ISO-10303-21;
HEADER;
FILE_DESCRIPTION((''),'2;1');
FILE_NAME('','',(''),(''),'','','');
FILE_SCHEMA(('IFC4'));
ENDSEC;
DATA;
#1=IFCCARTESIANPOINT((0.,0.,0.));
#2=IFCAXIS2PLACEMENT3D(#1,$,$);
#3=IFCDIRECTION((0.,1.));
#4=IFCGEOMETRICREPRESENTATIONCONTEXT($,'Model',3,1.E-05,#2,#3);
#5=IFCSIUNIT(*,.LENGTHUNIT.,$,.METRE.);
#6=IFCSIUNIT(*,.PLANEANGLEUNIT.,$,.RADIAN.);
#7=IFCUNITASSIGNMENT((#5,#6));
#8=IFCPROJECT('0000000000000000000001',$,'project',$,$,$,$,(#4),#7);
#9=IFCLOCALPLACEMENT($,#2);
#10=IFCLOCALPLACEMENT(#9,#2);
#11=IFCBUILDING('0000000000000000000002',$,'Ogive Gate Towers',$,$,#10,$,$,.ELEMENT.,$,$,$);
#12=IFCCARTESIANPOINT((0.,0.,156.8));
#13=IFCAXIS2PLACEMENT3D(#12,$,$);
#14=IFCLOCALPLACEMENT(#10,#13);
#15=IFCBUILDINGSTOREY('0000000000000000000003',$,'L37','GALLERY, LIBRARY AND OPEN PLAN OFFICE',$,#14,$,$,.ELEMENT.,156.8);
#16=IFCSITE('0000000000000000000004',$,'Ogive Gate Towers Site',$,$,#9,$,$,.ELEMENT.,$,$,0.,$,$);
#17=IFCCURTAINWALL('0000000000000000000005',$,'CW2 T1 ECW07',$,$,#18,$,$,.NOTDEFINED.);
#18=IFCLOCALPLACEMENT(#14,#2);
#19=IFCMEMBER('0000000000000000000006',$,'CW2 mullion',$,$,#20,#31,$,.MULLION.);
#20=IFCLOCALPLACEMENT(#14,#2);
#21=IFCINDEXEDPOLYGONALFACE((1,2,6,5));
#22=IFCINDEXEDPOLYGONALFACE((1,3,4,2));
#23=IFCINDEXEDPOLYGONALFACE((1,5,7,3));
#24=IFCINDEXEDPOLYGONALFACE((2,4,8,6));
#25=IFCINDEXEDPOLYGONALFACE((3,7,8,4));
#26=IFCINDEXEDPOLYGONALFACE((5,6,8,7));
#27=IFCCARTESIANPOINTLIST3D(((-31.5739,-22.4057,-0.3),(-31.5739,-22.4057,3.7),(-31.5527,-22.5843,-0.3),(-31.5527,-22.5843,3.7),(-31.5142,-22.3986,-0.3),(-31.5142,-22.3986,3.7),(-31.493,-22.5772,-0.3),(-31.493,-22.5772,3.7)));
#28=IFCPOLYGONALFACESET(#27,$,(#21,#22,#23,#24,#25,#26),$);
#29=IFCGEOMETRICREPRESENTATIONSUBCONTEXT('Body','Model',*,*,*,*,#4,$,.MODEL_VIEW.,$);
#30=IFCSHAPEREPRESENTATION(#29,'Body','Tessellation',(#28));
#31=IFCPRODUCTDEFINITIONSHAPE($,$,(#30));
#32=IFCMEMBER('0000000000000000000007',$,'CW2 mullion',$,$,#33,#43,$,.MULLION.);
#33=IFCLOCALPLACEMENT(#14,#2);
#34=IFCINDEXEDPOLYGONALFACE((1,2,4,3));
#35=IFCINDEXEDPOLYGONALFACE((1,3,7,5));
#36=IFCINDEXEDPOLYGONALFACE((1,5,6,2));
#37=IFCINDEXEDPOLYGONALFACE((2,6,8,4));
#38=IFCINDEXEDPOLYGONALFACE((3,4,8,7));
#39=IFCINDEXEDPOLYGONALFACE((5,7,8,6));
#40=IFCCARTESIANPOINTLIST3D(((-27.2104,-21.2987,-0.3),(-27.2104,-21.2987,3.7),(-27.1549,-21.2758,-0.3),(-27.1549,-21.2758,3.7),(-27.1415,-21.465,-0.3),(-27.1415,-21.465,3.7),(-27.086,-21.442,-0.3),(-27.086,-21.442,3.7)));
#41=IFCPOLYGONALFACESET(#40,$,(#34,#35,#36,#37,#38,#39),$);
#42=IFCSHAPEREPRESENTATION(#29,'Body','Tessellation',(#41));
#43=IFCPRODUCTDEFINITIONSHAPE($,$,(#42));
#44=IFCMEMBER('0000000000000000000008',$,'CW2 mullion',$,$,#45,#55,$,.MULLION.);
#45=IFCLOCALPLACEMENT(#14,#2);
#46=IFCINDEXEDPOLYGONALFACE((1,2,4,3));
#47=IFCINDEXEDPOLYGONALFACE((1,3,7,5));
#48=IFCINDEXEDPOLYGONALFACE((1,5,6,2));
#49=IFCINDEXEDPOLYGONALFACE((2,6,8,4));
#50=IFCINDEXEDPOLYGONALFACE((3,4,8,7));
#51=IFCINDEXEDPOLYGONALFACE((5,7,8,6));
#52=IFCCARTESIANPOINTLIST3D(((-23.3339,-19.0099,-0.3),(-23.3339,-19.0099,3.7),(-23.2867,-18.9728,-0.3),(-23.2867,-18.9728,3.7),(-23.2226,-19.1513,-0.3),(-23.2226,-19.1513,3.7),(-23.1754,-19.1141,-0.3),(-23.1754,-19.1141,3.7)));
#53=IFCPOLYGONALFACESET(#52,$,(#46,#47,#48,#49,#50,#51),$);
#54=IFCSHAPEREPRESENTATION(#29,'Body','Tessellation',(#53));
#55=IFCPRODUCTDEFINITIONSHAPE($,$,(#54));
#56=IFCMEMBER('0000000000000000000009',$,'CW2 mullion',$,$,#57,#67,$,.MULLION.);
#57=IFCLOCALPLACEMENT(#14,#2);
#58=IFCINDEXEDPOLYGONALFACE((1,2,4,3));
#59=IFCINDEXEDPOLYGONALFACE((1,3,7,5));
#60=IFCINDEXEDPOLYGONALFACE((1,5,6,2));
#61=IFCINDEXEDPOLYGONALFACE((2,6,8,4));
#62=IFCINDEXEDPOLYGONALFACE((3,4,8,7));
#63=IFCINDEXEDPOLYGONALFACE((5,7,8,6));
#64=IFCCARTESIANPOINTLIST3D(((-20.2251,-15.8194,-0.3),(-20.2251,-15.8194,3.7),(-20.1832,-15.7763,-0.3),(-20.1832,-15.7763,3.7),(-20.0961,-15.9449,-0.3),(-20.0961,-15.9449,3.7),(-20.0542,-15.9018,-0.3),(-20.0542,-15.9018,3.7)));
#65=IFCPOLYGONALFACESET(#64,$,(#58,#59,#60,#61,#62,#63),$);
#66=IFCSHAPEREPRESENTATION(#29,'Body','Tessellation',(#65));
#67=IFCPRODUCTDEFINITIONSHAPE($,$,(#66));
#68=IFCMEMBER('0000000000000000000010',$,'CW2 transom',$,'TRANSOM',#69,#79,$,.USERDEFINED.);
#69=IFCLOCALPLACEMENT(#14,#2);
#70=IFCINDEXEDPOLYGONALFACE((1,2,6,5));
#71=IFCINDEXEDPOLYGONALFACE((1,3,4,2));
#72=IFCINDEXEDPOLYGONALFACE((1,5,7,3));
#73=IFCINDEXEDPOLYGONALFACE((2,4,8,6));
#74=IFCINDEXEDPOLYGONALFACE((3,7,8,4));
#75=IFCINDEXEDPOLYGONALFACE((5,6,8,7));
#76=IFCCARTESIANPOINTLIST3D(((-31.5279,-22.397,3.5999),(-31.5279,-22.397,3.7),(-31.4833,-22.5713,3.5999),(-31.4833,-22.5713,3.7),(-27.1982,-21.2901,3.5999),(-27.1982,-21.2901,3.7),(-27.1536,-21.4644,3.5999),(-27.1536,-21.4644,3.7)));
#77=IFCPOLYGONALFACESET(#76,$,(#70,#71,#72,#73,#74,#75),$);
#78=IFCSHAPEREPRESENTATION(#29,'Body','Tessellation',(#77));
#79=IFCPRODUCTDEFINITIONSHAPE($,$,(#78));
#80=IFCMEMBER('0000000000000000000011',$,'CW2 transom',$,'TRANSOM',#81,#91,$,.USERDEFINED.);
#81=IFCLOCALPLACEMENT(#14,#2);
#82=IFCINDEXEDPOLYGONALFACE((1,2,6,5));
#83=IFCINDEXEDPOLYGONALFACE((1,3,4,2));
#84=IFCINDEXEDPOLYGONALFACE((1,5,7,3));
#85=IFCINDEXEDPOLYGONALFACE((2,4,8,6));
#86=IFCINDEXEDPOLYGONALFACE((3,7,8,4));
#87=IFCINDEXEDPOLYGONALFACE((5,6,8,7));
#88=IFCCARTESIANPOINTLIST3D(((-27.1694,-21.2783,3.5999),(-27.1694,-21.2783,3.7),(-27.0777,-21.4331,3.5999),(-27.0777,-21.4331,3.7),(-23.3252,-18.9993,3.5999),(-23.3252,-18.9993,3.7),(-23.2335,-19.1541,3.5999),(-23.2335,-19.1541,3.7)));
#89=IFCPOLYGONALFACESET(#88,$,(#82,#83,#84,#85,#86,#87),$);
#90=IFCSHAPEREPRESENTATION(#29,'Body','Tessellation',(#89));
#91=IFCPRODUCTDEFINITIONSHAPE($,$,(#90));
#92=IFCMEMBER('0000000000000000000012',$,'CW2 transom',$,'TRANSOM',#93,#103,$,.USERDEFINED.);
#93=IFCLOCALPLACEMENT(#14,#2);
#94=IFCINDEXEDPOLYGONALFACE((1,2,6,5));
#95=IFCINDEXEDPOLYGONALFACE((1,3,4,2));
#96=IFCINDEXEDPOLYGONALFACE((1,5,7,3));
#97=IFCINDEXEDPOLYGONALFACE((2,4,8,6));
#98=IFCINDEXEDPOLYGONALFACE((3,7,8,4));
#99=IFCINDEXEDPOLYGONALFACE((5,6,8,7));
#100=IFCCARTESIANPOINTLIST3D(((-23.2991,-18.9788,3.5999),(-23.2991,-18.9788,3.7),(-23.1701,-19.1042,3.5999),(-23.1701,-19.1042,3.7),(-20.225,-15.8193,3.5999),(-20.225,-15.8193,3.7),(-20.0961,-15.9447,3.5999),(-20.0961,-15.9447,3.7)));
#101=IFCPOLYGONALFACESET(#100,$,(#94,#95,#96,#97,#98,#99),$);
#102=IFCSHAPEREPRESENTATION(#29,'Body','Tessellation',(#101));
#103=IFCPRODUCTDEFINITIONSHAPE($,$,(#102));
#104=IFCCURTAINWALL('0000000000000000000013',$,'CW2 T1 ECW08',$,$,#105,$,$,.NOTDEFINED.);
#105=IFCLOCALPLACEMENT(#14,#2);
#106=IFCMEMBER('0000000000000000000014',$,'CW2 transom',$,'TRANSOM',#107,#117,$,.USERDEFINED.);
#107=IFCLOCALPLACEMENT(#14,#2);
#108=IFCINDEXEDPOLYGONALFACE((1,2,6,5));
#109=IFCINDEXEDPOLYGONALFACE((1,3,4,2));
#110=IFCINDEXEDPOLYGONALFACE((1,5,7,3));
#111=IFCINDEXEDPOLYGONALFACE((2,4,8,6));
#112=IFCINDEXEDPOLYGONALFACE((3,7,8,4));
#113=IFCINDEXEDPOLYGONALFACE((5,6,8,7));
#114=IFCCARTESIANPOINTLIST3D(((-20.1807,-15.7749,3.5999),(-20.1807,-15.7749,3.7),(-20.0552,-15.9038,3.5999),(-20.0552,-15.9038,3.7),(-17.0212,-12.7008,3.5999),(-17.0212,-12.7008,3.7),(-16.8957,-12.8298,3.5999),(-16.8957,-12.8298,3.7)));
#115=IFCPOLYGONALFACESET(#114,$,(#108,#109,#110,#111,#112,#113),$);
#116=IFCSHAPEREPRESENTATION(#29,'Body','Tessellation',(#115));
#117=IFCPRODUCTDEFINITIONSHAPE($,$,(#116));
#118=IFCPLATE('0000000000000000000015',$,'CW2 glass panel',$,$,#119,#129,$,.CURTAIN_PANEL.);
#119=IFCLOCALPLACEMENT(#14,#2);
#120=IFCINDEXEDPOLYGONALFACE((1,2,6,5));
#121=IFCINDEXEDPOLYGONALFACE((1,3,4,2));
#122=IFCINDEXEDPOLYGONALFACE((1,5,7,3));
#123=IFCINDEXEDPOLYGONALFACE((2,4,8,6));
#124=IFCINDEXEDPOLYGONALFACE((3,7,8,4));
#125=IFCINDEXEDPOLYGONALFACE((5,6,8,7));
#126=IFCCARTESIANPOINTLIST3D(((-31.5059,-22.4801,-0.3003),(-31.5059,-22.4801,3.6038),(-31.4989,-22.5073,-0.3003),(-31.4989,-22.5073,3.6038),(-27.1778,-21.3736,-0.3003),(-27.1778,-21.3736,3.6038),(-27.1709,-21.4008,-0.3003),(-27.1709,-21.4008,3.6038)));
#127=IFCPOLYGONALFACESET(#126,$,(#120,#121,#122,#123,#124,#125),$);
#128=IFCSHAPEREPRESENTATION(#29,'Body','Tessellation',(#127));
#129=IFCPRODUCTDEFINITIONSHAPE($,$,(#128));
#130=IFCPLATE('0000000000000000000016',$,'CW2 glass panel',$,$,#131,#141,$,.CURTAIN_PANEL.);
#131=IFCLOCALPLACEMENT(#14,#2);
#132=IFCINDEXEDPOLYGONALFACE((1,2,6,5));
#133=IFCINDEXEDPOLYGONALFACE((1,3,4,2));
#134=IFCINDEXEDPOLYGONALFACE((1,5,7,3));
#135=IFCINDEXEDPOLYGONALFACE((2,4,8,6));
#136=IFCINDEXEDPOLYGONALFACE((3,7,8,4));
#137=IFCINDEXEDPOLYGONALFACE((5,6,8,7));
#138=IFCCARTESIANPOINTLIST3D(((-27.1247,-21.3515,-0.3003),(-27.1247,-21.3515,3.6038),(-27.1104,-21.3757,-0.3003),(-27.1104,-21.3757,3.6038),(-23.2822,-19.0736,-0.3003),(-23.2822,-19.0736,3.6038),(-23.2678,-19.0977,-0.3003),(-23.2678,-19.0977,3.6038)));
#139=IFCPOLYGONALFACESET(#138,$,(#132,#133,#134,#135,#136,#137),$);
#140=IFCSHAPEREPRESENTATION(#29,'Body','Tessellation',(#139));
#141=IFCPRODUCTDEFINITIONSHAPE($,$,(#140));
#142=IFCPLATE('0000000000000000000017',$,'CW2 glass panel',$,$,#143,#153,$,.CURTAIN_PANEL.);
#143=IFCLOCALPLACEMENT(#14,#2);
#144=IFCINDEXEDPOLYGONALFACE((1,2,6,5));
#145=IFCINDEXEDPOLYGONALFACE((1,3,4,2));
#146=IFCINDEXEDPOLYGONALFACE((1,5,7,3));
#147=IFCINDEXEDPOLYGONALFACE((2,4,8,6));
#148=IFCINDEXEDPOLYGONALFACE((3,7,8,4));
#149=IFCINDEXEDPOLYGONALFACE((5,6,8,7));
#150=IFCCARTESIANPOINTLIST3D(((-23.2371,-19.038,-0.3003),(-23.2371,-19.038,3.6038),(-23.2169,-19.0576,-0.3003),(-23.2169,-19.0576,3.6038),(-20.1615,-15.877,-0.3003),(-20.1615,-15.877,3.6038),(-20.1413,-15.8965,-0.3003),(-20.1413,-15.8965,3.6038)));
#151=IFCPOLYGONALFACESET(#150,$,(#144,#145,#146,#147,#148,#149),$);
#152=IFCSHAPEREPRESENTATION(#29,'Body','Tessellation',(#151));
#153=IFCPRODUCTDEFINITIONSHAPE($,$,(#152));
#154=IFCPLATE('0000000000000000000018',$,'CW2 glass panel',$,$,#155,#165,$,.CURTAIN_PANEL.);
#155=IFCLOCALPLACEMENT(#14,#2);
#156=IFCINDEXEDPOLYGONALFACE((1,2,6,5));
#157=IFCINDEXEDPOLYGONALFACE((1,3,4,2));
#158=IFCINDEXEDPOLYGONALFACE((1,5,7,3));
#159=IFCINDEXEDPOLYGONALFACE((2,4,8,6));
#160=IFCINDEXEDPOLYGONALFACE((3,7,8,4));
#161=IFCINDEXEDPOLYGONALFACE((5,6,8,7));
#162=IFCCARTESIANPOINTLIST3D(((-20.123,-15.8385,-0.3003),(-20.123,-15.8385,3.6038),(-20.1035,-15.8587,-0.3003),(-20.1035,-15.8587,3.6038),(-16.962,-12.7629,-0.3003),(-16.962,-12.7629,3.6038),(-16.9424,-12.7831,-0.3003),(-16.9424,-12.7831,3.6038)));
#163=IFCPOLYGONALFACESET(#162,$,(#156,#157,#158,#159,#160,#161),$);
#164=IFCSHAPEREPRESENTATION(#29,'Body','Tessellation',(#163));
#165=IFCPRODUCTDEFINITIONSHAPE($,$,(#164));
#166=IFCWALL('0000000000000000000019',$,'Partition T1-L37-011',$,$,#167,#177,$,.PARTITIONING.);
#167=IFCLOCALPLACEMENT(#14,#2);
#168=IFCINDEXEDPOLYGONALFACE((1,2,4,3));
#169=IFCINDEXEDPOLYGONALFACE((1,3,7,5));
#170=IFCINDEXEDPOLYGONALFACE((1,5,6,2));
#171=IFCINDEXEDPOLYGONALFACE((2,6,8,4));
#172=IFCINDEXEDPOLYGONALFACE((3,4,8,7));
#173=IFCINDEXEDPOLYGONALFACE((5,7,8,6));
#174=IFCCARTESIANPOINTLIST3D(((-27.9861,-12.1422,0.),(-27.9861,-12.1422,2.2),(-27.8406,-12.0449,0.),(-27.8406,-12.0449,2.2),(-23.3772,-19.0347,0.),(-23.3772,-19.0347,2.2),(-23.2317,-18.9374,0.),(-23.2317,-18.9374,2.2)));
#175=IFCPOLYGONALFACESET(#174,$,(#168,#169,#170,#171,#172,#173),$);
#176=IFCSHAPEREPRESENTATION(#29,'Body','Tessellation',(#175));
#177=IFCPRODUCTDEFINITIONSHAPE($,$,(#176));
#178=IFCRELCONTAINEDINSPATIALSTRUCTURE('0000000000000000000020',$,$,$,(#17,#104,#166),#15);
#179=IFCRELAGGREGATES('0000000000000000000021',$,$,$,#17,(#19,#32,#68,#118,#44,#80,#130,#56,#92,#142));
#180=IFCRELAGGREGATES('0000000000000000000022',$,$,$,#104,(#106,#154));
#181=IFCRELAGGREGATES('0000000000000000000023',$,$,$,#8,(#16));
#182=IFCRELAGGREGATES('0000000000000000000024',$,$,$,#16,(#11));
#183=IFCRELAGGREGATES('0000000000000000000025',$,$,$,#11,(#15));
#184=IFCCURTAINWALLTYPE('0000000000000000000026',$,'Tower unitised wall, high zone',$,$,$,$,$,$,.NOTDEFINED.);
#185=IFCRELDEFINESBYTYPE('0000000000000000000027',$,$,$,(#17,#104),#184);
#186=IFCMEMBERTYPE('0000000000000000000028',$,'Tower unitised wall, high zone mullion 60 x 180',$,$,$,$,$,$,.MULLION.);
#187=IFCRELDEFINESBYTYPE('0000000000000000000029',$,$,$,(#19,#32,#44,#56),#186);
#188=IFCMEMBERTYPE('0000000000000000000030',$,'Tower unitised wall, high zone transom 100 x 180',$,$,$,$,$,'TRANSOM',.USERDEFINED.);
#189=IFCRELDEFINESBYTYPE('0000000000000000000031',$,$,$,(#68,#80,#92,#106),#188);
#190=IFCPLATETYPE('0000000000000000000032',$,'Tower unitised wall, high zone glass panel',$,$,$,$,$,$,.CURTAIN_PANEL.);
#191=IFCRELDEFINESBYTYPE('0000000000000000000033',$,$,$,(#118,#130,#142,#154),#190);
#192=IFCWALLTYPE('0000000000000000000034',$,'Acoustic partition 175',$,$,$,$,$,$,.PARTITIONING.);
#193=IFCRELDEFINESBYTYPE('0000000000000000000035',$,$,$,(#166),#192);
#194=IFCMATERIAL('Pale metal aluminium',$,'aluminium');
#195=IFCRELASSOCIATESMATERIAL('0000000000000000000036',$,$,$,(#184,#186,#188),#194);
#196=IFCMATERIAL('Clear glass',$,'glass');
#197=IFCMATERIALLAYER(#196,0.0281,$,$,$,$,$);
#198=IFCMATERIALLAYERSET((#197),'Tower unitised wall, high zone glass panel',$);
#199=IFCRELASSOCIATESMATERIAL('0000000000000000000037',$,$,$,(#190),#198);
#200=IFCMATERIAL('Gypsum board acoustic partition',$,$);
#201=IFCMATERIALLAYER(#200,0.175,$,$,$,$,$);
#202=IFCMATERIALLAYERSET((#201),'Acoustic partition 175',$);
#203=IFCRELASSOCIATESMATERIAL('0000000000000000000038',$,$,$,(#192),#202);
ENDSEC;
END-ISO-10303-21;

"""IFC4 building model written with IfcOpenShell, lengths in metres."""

from ifc_helpers import new_model, si_unit, direction, frame, frame_2d, origin, origin_2d, place, context, subcontext, project, spatial, rectangle, extrude, material, layer, layer_set, material_profile, profile_set, type_object, element, aggregate, save


model = new_model("IFC4")

# Units and contexts
model_context = context("Model", 3, precision=1e-05, world=origin(), true_north=direction((0.0, 1.0)))
body_context = subcontext(model_context, "Body", "Model", "MODEL_VIEW")
ifc_project = project(units=[si_unit("LENGTHUNIT", "METRE"), si_unit("PLANEANGLEUNIT", "RADIAN")], contexts=[model_context])

# Site, building, storey
site_placement = place(None, origin())
site = spatial("IfcSite", under=ifc_project, at=site_placement, Name="Ogive Gate Towers Site", CompositionType="ELEMENT", RefElevation=0.0)
building_placement = place(site_placement, origin())
building = spatial("IfcBuilding", under=site, at=building_placement, Name="Ogive Gate Towers", CompositionType="ELEMENT")
storey_placement = place(building_placement, frame((0.0, 0.0, 156.8)))
storey = spatial("IfcBuildingStorey", under=building, at=storey_placement, Name="L37", Description="GALLERY, LIBRARY AND OPEN PLAN OFFICE", CompositionType="ELEMENT", Elevation=156.8)

# Curtain wall, members
ifc_material_1 = material(Name="Pale metal aluminium", Category="aluminium")
curtain_wall_type = type_object("IfcCurtainWallType", Name="Tower unitised wall, high zone", PredefinedType="NOTDEFINED", material=ifc_material_1)
curtain_wall_1_placement = place(storey_placement, origin())
curtain_wall_1 = element("IfcCurtainWall", 1, at=curtain_wall_1_placement, inside=storey, type_object=curtain_wall_type, Name="CW2 T1 ECW07", PredefinedType="NOTDEFINED")
ifc_material_profile_1 = material_profile(ifc_material_1, rectangle(XDim=0.1799, YDim=0.0601, at=origin_2d()), Name="60 x 180 aluminium box")
ifc_profile_set_1 = profile_set([ifc_material_profile_1], Name="Pale metal aluminium")
member_type_1 = type_object("IfcMemberType", Name="Tower unitised wall, high zone mullion 60 x 180", PredefinedType="MULLION", material=ifc_profile_set_1)
member_1_placement = place(storey_placement, frame((-31.5334, -22.4915, -0.3), z_axis=(0.0, 0.0, 1.0), x_axis=(0.118005, -0.993013, 0.0)))
member_1 = element("IfcMember", 2, at=member_1_placement, type_object=member_type_1, Name="CW2 mullion", PredefinedType="MULLION", context=body_context, shape_type="SweptSolid", body=[
    extrude(rectangle(XDim=0.1799, YDim=0.0601, at=origin_2d()), origin(), (0.0, 0.0, 1.0), 4.0),
])
member_2_placement = place(storey_placement, frame((-27.1482, -21.3704, -0.3), z_axis=(0.0, 0.0, 1.0), x_axis=(0.382683, -0.92388, 0.0)))
member_2 = element("IfcMember", 3, at=member_2_placement, type_object=member_type_1, Name="CW2 mullion", PredefinedType="MULLION", context=body_context, shape_type="SweptSolid", body=[
    extrude(rectangle(XDim=0.1799, YDim=0.0601, at=origin_2d()), origin(), (0.0, 0.0, 1.0), 4.0),
])
member_3_placement = place(storey_placement, frame((-23.2546, -19.062, -0.3), z_axis=(0.0, 0.0, 1.0), x_axis=(0.61871, -0.785619, 0.0)))
member_3 = element("IfcMember", 4, at=member_3_placement, type_object=member_type_1, Name="CW2 mullion", PredefinedType="MULLION", context=body_context, shape_type="SweptSolid", body=[
    extrude(rectangle(XDim=0.1799, YDim=0.0601, at=origin_2d()), origin(), (0.0, 0.0, 1.0), 4.0),
])
member_4_placement = place(storey_placement, frame((-20.1396, -15.8606, -0.3), z_axis=(0.0, 0.0, 1.0), x_axis=(0.716728, -0.697353, 0.0)))
member_4 = element("IfcMember", 5, at=member_4_placement, type_object=member_type_1, Name="CW2 mullion", PredefinedType="MULLION", context=body_context, shape_type="SweptSolid", body=[
    extrude(rectangle(XDim=0.1799, YDim=0.0601, at=origin_2d()), origin(), (0.0, 0.0, 1.0), 4.0),
])
ifc_material_profile_2 = material_profile(ifc_material_1, rectangle(XDim=0.1799, YDim=0.1001, at=origin_2d()), Name="100 x 180 aluminium box")
ifc_profile_set_2 = profile_set([ifc_material_profile_2], Name="Pale metal aluminium")
member_type_2 = type_object("IfcMemberType", Name="Tower unitised wall, high zone transom 100 x 180", ElementType="TRANSOM", PredefinedType="USERDEFINED", material=ifc_profile_set_2)
member_5_placement = place(storey_placement, frame((-31.5056, -22.4841, 3.6499), z_axis=(0.96884, 0.247687, 0.0), x_axis=(-0.247687, 0.96884, 0.0)))
member_5 = element("IfcMember", 6, at=member_5_placement, type_object=member_type_2, Name="CW2 transom", ObjectType="TRANSOM", PredefinedType="USERDEFINED", context=body_context, shape_type="SweptSolid", body=[
    extrude(rectangle(XDim=0.1799, YDim=0.1001, at=origin_2d()), origin(), (0.0, 0.0, 1.0), 4.469),
])
member_6_placement = place(storey_placement, frame((-27.1235, -21.3557, 3.6499), z_axis=(0.860195, 0.509966, 0.0), x_axis=(-0.509966, 0.860195, 0.0)))
member_6 = element("IfcMember", 7, at=member_6_placement, type_object=member_type_2, Name="CW2 transom", ObjectType="TRANSOM", PredefinedType="USERDEFINED", context=body_context, shape_type="SweptSolid", body=[
    extrude(rectangle(XDim=0.1799, YDim=0.1001, at=origin_2d()), origin(), (0.0, 0.0, 1.0), 4.469),
])
member_7_placement = place(storey_placement, frame((-23.2346, -19.0415, 3.6499), z_axis=(0.697348, 0.716733, 0.0), x_axis=(-0.716733, 0.697348, 0.0)))
member_7 = element("IfcMember", 8, at=member_7_placement, type_object=member_type_2, Name="CW2 transom", ObjectType="TRANSOM", PredefinedType="USERDEFINED", context=body_context, shape_type="SweptSolid", body=[
    extrude(rectangle(XDim=0.1799, YDim=0.1001, at=origin_2d()), origin(), (0.0, 0.0, 1.0), 4.4082),
])

# Curtain wall, member
curtain_wall_2_placement = place(storey_placement, origin())
curtain_wall_2 = element("IfcCurtainWall", 9, at=curtain_wall_2_placement, inside=storey, type_object=curtain_wall_type, Name="CW2 T1 ECW08", PredefinedType="NOTDEFINED")
member_8_placement = place(storey_placement, frame((-20.1179, -15.8394, 3.6499), z_axis=(0.716733, 0.697348, 0.0), x_axis=(-0.697348, 0.716733, 0.0)))
member_8 = element("IfcMember", 10, at=member_8_placement, type_object=member_type_2, Name="CW2 transom", ObjectType="TRANSOM", PredefinedType="USERDEFINED", context=body_context, shape_type="SweptSolid", body=[
    extrude(rectangle(XDim=0.1799, YDim=0.1001, at=origin_2d()), origin(), (0.0, 0.0, 1.0), 4.4082),
])

# Plates
ifc_material_2 = material(Name="Clear glass", Category="glass")
ifc_layer_1 = layer(ifc_material_2, 0.0281)
ifc_layer_set_1 = layer_set([ifc_layer_1], Name="Tower unitised wall, high zone glass panel")
plate_type = type_object("IfcPlateType", Name="Tower unitised wall, high zone glass panel", PredefinedType="CURTAIN_PANEL", material=ifc_layer_set_1)
plate_1_placement = place(storey_placement, frame((-29.3384, -21.9404, -0.3003), z_axis=(0.0, 0.0, 1.0), x_axis=(0.968839, 0.247692, 0.0)))
plate_1 = element("IfcPlate", 11, at=plate_1_placement, type_object=plate_type, Name="CW2 glass panel", PredefinedType="CURTAIN_PANEL", context=body_context, shape_type="SweptSolid", body=[
    extrude(rectangle(XDim=4.4673, YDim=0.0281, at=origin_2d()), origin(), (0.0, 0.0, 1.0), 3.9041),
])
plate_2_placement = place(storey_placement, frame((-25.1963, -20.2246, -0.3003), z_axis=(0.0, 0.0, 1.0), x_axis=(0.860208, 0.509943, 0.0)))
plate_2 = element("IfcPlate", 12, at=plate_2_placement, type_object=plate_type, Name="CW2 glass panel", PredefinedType="CURTAIN_PANEL", context=body_context, shape_type="SweptSolid", body=[
    extrude(rectangle(XDim=4.467, YDim=0.0281, at=origin_2d()), origin(), (0.0, 0.0, 1.0), 3.9041),
])
plate_3_placement = place(storey_placement, frame((-21.6892, -17.4673, -0.3003), z_axis=(0.0, 0.0, 1.0), x_axis=(0.697353, 0.716728, 0.0)))
plate_3 = element("IfcPlate", 13, at=plate_3_placement, type_object=plate_type, Name="CW2 glass panel", PredefinedType="CURTAIN_PANEL", context=body_context, shape_type="SweptSolid", body=[
    extrude(rectangle(XDim=4.4104, YDim=0.0281, at=origin_2d()), origin(), (0.0, 0.0, 1.0), 3.9041),
])
aggregate(curtain_wall_1, [member_1, member_2, member_5, plate_1, member_3, member_6, plate_2, member_4, member_7, plate_3])
plate_4_placement = place(storey_placement, frame((-18.5327, -14.3108, -0.3003), z_axis=(0.0, 0.0, 1.0), x_axis=(0.716728, 0.697353, 0.0)))
plate_4 = element("IfcPlate", 14, at=plate_4_placement, type_object=plate_type, Name="CW2 glass panel", PredefinedType="CURTAIN_PANEL", context=body_context, shape_type="SweptSolid", body=[
    extrude(rectangle(XDim=4.4104, YDim=0.0281, at=origin_2d()), origin(), (0.0, 0.0, 1.0), 3.9041),
])
aggregate(curtain_wall_2, [member_8, plate_4])

# Wall
ifc_material_3 = material(Name="Gypsum board acoustic partition")
ifc_layer_2 = layer(ifc_material_3, 0.175)
ifc_layer_set_2 = layer_set([ifc_layer_2], Name="Acoustic partition 175")
wall_type_1 = type_object("IfcWallType", Name="Acoustic partition 175", PredefinedType="PARTITIONING", material=ifc_layer_set_2)
wall_1_placement = place(storey_placement, frame((-23.3044, -18.9861, 0.0), z_axis=(0.0, 0.0, 1.0), x_axis=(-0.555855, 0.831279, 0.0)))
element("IfcWall", 15, at=wall_1_placement, inside=storey, type_object=wall_type_1, Name="Partition T1-L37-011", PredefinedType="PARTITIONING", context=body_context, shape_type="SweptSolid", body=[
    extrude(rectangle(XDim=8.2915, YDim=0.175, at=frame_2d((4.1458, 0.0))), origin(), (0.0, 0.0, 1.0), 2.2),
])

save(model, "model.ifc")
